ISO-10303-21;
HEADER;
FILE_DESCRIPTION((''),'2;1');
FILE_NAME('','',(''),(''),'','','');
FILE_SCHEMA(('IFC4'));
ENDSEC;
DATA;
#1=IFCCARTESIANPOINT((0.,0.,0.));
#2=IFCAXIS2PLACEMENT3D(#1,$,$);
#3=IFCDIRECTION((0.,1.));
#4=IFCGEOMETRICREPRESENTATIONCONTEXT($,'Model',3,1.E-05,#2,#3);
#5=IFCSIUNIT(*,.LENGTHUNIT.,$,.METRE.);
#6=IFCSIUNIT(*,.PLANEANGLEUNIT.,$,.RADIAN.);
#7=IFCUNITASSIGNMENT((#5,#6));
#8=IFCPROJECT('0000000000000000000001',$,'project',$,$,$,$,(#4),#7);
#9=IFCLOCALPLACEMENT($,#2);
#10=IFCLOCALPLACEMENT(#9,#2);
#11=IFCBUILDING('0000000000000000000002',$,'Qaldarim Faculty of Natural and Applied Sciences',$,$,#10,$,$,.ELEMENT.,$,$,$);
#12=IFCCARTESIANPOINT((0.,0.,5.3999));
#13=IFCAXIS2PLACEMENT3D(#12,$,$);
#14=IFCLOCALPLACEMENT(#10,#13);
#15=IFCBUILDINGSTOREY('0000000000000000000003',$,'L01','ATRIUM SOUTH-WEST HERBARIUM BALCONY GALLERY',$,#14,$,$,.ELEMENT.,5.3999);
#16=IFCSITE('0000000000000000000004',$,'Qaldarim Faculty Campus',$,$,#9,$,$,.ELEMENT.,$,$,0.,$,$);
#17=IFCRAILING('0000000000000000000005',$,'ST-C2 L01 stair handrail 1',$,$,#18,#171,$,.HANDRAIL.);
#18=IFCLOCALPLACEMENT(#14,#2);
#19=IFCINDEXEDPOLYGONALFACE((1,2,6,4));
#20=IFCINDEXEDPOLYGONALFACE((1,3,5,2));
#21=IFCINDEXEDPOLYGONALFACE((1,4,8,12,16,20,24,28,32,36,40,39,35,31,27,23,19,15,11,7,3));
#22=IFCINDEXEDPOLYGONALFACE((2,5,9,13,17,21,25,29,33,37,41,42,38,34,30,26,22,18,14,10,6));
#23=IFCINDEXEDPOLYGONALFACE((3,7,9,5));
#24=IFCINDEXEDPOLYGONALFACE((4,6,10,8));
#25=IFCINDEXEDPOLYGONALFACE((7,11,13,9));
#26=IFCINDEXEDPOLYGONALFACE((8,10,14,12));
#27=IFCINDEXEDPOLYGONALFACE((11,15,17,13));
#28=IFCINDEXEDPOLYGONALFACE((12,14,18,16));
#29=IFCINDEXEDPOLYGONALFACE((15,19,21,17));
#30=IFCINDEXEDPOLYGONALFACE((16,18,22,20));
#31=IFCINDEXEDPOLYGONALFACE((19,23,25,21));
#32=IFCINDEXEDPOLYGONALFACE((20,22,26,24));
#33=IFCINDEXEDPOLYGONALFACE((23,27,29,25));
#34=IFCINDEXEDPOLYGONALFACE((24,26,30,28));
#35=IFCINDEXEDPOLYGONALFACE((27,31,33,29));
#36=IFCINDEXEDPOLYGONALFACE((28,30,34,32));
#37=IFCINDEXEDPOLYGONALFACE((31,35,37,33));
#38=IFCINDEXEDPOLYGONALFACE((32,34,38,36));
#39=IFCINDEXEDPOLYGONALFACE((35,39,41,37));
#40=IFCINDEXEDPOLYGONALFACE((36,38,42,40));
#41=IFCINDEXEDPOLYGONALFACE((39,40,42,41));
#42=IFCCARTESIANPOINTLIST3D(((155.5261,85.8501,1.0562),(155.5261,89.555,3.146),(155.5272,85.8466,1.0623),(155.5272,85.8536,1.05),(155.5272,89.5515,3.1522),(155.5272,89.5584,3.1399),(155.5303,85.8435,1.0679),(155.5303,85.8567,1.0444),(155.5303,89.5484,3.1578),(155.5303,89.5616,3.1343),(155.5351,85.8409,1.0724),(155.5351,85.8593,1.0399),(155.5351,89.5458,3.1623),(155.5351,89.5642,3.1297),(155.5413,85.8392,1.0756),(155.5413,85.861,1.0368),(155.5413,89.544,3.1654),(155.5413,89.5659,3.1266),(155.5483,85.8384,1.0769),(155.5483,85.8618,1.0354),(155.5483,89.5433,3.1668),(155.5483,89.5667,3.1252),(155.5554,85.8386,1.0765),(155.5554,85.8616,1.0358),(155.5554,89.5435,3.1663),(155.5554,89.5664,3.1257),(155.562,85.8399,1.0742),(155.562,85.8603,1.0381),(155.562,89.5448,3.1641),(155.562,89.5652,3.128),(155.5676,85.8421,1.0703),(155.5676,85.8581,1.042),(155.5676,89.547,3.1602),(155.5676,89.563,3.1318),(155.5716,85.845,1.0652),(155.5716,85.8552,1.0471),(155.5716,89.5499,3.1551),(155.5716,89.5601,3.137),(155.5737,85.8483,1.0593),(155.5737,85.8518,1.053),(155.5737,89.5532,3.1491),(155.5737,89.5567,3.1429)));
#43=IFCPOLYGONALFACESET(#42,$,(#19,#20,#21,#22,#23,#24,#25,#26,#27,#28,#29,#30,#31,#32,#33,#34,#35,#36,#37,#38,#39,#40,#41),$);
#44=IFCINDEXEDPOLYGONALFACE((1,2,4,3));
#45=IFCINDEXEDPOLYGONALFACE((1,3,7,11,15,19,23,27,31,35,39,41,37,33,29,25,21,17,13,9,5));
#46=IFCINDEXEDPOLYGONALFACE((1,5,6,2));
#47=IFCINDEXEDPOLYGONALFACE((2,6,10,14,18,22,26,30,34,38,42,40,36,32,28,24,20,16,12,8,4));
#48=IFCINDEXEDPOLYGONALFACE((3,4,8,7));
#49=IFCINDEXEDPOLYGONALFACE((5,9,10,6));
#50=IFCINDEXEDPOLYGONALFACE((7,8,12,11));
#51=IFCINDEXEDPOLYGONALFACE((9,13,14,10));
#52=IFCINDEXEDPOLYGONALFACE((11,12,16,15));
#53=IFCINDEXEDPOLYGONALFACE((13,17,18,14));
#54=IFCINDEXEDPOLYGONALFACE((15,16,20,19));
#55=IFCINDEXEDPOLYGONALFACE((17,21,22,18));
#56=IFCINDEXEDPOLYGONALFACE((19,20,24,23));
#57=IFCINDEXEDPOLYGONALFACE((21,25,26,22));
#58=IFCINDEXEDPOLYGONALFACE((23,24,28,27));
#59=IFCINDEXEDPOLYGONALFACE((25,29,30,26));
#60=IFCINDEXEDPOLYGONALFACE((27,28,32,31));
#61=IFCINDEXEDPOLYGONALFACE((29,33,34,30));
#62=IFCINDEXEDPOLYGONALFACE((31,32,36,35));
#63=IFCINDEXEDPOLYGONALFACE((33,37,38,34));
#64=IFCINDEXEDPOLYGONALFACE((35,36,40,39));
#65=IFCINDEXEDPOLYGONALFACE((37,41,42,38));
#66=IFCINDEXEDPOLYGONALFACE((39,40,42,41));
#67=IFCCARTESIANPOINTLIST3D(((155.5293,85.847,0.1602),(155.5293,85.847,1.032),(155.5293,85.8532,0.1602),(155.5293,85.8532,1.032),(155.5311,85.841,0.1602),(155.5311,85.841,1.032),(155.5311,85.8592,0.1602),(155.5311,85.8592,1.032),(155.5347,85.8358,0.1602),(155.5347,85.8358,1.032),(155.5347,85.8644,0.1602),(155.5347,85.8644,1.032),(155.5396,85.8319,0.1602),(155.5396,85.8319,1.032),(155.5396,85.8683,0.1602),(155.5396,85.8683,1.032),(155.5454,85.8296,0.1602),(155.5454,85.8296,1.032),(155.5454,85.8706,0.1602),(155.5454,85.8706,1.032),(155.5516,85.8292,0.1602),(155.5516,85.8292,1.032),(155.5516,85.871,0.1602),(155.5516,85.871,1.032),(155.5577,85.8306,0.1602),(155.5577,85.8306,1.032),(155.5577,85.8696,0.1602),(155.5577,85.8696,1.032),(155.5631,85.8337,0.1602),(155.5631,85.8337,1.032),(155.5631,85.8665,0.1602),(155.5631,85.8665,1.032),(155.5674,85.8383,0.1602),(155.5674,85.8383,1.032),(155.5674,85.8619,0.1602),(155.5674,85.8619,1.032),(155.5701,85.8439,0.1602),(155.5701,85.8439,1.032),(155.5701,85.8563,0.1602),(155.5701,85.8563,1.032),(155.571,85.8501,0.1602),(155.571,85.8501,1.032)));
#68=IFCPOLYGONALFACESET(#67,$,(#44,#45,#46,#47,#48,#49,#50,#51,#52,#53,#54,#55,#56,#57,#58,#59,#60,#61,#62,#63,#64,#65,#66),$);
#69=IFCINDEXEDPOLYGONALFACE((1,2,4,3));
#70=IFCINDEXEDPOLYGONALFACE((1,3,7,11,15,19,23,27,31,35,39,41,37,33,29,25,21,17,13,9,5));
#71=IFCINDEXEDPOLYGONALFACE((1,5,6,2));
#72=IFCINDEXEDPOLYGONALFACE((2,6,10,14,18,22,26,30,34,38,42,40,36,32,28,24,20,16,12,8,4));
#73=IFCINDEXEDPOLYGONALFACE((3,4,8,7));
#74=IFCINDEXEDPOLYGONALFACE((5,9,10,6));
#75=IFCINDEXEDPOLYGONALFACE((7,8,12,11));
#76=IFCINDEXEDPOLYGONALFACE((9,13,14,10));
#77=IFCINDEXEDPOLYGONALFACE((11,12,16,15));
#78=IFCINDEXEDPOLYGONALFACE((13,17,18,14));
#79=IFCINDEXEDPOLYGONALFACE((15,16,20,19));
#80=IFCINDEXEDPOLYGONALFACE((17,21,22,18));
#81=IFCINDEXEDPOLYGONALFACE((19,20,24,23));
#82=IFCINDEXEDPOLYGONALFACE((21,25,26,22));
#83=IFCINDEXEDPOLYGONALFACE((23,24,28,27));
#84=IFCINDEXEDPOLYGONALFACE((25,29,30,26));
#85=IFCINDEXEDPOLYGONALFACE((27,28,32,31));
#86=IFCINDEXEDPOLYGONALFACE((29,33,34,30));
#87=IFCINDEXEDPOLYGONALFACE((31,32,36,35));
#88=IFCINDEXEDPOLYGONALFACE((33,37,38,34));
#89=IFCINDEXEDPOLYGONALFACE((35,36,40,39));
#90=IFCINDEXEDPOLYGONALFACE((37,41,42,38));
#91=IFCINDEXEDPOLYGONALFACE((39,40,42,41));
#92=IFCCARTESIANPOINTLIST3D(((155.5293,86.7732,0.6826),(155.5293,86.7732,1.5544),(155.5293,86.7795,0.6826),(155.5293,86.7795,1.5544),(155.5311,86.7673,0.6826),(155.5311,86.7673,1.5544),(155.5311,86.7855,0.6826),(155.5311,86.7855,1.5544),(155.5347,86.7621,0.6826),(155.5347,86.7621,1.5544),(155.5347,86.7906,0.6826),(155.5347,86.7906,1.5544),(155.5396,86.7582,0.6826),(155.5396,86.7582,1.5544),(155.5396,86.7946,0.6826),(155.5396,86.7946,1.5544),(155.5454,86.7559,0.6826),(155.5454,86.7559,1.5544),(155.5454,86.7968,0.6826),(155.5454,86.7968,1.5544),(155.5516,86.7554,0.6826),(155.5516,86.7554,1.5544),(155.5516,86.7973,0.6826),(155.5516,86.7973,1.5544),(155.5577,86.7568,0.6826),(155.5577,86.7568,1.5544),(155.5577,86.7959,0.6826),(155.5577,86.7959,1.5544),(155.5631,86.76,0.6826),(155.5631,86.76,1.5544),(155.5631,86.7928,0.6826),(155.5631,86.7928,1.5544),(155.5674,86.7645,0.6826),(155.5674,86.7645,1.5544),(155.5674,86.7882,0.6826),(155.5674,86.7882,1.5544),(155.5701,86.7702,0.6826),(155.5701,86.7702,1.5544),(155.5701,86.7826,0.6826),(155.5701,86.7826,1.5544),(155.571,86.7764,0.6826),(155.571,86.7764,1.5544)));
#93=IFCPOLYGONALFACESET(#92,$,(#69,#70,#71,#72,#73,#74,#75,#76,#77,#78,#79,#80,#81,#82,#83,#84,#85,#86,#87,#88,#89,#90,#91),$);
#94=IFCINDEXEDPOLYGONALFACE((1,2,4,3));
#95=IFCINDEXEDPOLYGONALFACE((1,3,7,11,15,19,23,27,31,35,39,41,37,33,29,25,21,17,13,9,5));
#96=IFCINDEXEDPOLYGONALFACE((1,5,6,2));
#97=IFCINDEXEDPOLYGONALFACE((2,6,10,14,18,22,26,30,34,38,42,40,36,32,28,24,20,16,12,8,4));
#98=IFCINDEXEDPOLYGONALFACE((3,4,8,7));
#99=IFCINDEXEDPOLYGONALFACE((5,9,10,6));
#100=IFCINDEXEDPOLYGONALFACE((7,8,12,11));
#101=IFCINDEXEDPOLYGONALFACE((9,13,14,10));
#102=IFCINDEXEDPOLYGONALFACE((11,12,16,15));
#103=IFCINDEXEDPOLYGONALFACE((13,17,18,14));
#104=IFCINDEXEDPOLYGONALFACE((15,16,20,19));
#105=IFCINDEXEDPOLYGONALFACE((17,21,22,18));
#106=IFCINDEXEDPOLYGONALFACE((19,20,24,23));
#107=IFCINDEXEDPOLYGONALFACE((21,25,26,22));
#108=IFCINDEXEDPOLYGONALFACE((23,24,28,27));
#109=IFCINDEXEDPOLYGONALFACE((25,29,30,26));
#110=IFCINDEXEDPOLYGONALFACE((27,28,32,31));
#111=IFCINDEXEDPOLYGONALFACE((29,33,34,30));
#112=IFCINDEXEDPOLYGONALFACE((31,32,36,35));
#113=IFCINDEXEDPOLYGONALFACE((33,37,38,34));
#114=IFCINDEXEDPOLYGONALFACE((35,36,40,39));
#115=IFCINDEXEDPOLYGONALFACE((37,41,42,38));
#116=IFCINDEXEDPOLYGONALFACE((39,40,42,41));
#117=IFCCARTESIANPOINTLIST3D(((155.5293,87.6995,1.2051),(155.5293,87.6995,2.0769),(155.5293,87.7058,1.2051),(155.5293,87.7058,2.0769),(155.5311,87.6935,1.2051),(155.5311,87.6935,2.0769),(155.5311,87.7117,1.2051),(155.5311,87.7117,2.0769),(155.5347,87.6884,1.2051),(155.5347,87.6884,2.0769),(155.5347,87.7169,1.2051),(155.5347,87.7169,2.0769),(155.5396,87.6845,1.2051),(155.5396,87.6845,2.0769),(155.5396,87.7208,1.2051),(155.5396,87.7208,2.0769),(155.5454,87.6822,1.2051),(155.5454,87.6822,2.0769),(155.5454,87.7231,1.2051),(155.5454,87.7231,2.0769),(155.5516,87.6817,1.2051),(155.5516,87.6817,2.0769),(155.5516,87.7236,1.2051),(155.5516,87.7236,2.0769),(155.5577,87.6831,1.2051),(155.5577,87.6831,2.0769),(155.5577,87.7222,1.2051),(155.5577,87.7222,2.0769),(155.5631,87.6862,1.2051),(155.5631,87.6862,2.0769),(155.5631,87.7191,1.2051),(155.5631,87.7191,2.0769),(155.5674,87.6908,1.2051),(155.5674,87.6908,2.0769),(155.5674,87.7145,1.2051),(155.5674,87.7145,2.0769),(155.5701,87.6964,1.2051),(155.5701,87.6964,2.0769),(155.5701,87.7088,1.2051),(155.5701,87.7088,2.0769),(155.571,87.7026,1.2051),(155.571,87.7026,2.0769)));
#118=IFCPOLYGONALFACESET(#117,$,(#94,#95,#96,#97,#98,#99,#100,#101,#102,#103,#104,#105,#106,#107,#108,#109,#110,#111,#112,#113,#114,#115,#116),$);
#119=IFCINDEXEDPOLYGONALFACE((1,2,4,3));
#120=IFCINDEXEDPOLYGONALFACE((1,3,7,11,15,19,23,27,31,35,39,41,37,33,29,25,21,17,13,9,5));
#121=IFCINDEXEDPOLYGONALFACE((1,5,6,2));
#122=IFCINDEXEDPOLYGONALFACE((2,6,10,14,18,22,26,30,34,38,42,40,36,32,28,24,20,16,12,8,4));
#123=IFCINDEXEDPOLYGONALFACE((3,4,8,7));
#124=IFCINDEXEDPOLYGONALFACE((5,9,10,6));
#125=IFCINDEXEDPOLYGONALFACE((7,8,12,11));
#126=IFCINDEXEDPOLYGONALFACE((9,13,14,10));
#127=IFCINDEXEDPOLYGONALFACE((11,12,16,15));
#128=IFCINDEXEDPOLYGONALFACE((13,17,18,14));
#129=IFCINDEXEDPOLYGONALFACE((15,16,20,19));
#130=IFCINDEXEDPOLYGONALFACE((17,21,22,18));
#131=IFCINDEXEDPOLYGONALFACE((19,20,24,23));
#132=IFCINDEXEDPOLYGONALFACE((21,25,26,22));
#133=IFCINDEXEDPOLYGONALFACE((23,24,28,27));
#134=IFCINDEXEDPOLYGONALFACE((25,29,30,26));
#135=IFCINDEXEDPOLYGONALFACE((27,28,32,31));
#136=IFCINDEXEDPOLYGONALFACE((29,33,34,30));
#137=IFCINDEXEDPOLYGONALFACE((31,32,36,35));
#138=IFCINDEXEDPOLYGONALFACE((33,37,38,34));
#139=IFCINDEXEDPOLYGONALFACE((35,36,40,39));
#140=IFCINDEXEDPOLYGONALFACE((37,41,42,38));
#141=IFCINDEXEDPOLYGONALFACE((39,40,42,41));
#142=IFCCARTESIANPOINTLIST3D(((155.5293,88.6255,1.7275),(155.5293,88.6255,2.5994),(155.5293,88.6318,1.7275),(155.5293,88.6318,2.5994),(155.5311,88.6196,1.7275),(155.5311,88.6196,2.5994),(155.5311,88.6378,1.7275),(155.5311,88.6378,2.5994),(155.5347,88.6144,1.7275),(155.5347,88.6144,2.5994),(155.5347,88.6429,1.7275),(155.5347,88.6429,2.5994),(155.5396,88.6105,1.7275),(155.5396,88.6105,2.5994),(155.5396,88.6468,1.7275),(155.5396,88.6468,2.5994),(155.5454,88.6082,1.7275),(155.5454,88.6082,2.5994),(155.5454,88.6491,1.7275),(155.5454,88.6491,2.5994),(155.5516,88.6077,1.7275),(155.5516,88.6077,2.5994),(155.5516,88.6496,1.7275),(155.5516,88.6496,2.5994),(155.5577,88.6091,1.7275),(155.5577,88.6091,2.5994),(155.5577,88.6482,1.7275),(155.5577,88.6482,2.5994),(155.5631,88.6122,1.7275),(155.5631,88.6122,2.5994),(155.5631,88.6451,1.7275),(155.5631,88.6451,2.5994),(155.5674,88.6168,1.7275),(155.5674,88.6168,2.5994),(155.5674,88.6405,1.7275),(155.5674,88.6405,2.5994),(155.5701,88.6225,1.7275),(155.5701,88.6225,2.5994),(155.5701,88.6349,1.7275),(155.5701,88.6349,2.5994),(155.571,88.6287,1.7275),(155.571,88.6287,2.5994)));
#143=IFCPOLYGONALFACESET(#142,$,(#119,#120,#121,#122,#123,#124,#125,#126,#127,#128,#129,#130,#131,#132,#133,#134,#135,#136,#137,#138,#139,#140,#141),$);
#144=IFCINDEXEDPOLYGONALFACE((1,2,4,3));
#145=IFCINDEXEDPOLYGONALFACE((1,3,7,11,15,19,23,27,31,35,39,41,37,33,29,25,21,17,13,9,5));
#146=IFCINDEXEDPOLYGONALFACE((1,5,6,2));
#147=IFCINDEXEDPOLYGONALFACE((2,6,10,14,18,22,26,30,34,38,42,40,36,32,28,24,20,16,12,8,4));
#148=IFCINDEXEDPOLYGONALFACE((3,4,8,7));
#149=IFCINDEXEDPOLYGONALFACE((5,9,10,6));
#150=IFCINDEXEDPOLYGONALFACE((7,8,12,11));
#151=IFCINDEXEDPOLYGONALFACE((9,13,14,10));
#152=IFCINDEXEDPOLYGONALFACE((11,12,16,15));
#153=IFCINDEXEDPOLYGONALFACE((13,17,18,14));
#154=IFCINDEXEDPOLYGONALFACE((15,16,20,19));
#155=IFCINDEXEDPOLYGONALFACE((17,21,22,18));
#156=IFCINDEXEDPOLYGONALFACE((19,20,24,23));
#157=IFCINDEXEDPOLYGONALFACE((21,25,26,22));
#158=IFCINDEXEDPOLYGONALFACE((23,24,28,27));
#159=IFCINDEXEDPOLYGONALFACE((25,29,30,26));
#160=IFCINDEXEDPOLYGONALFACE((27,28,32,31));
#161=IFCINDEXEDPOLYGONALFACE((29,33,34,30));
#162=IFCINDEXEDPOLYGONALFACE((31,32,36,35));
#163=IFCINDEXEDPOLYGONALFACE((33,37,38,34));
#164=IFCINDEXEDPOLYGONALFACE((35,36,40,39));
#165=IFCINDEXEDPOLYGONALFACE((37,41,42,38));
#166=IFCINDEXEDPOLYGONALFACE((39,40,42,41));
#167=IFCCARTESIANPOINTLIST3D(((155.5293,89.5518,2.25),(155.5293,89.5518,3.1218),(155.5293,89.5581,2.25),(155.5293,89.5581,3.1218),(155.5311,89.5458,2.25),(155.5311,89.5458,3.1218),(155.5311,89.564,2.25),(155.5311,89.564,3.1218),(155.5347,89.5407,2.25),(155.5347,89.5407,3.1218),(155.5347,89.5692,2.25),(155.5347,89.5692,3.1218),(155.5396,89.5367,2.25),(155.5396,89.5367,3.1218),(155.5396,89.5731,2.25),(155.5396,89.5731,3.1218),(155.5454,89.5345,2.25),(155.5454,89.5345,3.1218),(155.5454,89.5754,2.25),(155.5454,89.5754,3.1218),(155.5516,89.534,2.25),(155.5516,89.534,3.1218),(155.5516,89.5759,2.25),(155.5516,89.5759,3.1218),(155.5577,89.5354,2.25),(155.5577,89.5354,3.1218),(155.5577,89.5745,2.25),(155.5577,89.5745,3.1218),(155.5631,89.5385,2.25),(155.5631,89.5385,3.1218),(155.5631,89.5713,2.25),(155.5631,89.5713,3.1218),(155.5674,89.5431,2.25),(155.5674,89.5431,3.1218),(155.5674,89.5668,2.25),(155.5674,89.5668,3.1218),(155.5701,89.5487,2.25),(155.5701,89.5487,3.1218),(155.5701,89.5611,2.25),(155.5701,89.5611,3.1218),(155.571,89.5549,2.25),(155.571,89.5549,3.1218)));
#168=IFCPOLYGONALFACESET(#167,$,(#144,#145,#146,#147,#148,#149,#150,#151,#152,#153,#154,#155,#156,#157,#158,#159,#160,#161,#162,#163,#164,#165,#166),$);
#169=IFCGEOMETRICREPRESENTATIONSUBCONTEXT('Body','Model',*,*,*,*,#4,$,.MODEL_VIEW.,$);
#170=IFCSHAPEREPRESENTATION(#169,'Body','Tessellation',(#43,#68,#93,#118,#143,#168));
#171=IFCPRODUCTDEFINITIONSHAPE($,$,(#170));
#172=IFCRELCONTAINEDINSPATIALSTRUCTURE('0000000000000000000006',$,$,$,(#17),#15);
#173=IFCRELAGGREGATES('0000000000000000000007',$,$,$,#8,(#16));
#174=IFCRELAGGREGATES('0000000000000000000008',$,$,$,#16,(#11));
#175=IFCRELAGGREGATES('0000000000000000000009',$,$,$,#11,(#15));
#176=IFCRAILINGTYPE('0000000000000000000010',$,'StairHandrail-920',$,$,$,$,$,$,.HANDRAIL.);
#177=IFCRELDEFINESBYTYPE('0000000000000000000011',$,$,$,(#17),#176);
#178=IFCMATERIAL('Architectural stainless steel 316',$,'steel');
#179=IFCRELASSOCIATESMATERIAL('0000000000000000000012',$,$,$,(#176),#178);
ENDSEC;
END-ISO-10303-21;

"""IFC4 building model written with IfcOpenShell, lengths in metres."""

from ifc_helpers import new_model, si_unit, direction, frame, origin, origin_2d, place, context, subcontext, project, spatial, circle, extrude, material, type_object, element, save


model = new_model("IFC4")

# Units and contexts
model_context = context("Model", 3, precision=1e-05, world=origin(), true_north=direction((0.0, 1.0)))
body_context = subcontext(model_context, "Body", "Model", "MODEL_VIEW")
ifc_project = project(units=[si_unit("LENGTHUNIT", "METRE"), si_unit("PLANEANGLEUNIT", "RADIAN")], contexts=[model_context])

# Site, building, storey
site_placement = place(None, origin())
site = spatial("IfcSite", under=ifc_project, at=site_placement, Name="Qaldarim Faculty Campus", CompositionType="ELEMENT", RefElevation=0.0)
building_placement = place(site_placement, origin())
building = spatial("IfcBuilding", under=site, at=building_placement, Name="Qaldarim Faculty of Natural and Applied Sciences", CompositionType="ELEMENT")
storey_placement = place(building_placement, frame((0.0, 0.0, 5.3999)))
storey = spatial("IfcBuildingStorey", under=building, at=storey_placement, Name="L01", Description="ATRIUM SOUTH-WEST HERBARIUM BALCONY GALLERY", CompositionType="ELEMENT", Elevation=5.3999)

# Shared definitions
ifc_material_1 = material(Name="Architectural stainless steel 316", Category="steel")

# Railing
railing_type_1 = type_object("IfcRailingType", Name="StairHandrail-920", PredefinedType="HANDRAIL", material=ifc_material_1)
railing_1_placement = place(storey_placement, frame((155.55, 85.8501, 0.1602)))
element("IfcRailing", 1, at=railing_1_placement, inside=storey, type_object=railing_type_1, Name="ST-C2 L01 stair handrail 1", PredefinedType="HANDRAIL", context=body_context, shape_type="SweptSolid", body=[
    extrude(circle(Radius=0.0239, at=origin_2d()), frame((0.0, 0.0, 0.896), z_axis=(0.0, 0.870985, 0.49131), x_axis=(-1.0, 0.0, 0.0)), (0.0, 0.0, 1.0), 4.2537),
    extrude(circle(Radius=0.021, at=origin_2d()), origin(), (0.0, 0.0, 1.0), 0.8718),
    extrude(circle(Radius=0.021, at=origin_2d()), frame((0.0, 0.9263, 0.5225)), (0.0, 0.0, 1.0), 0.8718),
    extrude(circle(Radius=0.021, at=origin_2d()), frame((0.0, 1.8525, 1.0449)), (0.0, 0.0, 1.0), 0.8718),
    extrude(circle(Radius=0.021, at=origin_2d()), frame((0.0, 2.7786, 1.5674)), (0.0, 0.0, 1.0), 0.8718),
    extrude(circle(Radius=0.021, at=origin_2d()), frame((0.0, 3.7048, 2.0898)), (0.0, 0.0, 1.0), 0.8718),
])

save(model, "model.ifc")
